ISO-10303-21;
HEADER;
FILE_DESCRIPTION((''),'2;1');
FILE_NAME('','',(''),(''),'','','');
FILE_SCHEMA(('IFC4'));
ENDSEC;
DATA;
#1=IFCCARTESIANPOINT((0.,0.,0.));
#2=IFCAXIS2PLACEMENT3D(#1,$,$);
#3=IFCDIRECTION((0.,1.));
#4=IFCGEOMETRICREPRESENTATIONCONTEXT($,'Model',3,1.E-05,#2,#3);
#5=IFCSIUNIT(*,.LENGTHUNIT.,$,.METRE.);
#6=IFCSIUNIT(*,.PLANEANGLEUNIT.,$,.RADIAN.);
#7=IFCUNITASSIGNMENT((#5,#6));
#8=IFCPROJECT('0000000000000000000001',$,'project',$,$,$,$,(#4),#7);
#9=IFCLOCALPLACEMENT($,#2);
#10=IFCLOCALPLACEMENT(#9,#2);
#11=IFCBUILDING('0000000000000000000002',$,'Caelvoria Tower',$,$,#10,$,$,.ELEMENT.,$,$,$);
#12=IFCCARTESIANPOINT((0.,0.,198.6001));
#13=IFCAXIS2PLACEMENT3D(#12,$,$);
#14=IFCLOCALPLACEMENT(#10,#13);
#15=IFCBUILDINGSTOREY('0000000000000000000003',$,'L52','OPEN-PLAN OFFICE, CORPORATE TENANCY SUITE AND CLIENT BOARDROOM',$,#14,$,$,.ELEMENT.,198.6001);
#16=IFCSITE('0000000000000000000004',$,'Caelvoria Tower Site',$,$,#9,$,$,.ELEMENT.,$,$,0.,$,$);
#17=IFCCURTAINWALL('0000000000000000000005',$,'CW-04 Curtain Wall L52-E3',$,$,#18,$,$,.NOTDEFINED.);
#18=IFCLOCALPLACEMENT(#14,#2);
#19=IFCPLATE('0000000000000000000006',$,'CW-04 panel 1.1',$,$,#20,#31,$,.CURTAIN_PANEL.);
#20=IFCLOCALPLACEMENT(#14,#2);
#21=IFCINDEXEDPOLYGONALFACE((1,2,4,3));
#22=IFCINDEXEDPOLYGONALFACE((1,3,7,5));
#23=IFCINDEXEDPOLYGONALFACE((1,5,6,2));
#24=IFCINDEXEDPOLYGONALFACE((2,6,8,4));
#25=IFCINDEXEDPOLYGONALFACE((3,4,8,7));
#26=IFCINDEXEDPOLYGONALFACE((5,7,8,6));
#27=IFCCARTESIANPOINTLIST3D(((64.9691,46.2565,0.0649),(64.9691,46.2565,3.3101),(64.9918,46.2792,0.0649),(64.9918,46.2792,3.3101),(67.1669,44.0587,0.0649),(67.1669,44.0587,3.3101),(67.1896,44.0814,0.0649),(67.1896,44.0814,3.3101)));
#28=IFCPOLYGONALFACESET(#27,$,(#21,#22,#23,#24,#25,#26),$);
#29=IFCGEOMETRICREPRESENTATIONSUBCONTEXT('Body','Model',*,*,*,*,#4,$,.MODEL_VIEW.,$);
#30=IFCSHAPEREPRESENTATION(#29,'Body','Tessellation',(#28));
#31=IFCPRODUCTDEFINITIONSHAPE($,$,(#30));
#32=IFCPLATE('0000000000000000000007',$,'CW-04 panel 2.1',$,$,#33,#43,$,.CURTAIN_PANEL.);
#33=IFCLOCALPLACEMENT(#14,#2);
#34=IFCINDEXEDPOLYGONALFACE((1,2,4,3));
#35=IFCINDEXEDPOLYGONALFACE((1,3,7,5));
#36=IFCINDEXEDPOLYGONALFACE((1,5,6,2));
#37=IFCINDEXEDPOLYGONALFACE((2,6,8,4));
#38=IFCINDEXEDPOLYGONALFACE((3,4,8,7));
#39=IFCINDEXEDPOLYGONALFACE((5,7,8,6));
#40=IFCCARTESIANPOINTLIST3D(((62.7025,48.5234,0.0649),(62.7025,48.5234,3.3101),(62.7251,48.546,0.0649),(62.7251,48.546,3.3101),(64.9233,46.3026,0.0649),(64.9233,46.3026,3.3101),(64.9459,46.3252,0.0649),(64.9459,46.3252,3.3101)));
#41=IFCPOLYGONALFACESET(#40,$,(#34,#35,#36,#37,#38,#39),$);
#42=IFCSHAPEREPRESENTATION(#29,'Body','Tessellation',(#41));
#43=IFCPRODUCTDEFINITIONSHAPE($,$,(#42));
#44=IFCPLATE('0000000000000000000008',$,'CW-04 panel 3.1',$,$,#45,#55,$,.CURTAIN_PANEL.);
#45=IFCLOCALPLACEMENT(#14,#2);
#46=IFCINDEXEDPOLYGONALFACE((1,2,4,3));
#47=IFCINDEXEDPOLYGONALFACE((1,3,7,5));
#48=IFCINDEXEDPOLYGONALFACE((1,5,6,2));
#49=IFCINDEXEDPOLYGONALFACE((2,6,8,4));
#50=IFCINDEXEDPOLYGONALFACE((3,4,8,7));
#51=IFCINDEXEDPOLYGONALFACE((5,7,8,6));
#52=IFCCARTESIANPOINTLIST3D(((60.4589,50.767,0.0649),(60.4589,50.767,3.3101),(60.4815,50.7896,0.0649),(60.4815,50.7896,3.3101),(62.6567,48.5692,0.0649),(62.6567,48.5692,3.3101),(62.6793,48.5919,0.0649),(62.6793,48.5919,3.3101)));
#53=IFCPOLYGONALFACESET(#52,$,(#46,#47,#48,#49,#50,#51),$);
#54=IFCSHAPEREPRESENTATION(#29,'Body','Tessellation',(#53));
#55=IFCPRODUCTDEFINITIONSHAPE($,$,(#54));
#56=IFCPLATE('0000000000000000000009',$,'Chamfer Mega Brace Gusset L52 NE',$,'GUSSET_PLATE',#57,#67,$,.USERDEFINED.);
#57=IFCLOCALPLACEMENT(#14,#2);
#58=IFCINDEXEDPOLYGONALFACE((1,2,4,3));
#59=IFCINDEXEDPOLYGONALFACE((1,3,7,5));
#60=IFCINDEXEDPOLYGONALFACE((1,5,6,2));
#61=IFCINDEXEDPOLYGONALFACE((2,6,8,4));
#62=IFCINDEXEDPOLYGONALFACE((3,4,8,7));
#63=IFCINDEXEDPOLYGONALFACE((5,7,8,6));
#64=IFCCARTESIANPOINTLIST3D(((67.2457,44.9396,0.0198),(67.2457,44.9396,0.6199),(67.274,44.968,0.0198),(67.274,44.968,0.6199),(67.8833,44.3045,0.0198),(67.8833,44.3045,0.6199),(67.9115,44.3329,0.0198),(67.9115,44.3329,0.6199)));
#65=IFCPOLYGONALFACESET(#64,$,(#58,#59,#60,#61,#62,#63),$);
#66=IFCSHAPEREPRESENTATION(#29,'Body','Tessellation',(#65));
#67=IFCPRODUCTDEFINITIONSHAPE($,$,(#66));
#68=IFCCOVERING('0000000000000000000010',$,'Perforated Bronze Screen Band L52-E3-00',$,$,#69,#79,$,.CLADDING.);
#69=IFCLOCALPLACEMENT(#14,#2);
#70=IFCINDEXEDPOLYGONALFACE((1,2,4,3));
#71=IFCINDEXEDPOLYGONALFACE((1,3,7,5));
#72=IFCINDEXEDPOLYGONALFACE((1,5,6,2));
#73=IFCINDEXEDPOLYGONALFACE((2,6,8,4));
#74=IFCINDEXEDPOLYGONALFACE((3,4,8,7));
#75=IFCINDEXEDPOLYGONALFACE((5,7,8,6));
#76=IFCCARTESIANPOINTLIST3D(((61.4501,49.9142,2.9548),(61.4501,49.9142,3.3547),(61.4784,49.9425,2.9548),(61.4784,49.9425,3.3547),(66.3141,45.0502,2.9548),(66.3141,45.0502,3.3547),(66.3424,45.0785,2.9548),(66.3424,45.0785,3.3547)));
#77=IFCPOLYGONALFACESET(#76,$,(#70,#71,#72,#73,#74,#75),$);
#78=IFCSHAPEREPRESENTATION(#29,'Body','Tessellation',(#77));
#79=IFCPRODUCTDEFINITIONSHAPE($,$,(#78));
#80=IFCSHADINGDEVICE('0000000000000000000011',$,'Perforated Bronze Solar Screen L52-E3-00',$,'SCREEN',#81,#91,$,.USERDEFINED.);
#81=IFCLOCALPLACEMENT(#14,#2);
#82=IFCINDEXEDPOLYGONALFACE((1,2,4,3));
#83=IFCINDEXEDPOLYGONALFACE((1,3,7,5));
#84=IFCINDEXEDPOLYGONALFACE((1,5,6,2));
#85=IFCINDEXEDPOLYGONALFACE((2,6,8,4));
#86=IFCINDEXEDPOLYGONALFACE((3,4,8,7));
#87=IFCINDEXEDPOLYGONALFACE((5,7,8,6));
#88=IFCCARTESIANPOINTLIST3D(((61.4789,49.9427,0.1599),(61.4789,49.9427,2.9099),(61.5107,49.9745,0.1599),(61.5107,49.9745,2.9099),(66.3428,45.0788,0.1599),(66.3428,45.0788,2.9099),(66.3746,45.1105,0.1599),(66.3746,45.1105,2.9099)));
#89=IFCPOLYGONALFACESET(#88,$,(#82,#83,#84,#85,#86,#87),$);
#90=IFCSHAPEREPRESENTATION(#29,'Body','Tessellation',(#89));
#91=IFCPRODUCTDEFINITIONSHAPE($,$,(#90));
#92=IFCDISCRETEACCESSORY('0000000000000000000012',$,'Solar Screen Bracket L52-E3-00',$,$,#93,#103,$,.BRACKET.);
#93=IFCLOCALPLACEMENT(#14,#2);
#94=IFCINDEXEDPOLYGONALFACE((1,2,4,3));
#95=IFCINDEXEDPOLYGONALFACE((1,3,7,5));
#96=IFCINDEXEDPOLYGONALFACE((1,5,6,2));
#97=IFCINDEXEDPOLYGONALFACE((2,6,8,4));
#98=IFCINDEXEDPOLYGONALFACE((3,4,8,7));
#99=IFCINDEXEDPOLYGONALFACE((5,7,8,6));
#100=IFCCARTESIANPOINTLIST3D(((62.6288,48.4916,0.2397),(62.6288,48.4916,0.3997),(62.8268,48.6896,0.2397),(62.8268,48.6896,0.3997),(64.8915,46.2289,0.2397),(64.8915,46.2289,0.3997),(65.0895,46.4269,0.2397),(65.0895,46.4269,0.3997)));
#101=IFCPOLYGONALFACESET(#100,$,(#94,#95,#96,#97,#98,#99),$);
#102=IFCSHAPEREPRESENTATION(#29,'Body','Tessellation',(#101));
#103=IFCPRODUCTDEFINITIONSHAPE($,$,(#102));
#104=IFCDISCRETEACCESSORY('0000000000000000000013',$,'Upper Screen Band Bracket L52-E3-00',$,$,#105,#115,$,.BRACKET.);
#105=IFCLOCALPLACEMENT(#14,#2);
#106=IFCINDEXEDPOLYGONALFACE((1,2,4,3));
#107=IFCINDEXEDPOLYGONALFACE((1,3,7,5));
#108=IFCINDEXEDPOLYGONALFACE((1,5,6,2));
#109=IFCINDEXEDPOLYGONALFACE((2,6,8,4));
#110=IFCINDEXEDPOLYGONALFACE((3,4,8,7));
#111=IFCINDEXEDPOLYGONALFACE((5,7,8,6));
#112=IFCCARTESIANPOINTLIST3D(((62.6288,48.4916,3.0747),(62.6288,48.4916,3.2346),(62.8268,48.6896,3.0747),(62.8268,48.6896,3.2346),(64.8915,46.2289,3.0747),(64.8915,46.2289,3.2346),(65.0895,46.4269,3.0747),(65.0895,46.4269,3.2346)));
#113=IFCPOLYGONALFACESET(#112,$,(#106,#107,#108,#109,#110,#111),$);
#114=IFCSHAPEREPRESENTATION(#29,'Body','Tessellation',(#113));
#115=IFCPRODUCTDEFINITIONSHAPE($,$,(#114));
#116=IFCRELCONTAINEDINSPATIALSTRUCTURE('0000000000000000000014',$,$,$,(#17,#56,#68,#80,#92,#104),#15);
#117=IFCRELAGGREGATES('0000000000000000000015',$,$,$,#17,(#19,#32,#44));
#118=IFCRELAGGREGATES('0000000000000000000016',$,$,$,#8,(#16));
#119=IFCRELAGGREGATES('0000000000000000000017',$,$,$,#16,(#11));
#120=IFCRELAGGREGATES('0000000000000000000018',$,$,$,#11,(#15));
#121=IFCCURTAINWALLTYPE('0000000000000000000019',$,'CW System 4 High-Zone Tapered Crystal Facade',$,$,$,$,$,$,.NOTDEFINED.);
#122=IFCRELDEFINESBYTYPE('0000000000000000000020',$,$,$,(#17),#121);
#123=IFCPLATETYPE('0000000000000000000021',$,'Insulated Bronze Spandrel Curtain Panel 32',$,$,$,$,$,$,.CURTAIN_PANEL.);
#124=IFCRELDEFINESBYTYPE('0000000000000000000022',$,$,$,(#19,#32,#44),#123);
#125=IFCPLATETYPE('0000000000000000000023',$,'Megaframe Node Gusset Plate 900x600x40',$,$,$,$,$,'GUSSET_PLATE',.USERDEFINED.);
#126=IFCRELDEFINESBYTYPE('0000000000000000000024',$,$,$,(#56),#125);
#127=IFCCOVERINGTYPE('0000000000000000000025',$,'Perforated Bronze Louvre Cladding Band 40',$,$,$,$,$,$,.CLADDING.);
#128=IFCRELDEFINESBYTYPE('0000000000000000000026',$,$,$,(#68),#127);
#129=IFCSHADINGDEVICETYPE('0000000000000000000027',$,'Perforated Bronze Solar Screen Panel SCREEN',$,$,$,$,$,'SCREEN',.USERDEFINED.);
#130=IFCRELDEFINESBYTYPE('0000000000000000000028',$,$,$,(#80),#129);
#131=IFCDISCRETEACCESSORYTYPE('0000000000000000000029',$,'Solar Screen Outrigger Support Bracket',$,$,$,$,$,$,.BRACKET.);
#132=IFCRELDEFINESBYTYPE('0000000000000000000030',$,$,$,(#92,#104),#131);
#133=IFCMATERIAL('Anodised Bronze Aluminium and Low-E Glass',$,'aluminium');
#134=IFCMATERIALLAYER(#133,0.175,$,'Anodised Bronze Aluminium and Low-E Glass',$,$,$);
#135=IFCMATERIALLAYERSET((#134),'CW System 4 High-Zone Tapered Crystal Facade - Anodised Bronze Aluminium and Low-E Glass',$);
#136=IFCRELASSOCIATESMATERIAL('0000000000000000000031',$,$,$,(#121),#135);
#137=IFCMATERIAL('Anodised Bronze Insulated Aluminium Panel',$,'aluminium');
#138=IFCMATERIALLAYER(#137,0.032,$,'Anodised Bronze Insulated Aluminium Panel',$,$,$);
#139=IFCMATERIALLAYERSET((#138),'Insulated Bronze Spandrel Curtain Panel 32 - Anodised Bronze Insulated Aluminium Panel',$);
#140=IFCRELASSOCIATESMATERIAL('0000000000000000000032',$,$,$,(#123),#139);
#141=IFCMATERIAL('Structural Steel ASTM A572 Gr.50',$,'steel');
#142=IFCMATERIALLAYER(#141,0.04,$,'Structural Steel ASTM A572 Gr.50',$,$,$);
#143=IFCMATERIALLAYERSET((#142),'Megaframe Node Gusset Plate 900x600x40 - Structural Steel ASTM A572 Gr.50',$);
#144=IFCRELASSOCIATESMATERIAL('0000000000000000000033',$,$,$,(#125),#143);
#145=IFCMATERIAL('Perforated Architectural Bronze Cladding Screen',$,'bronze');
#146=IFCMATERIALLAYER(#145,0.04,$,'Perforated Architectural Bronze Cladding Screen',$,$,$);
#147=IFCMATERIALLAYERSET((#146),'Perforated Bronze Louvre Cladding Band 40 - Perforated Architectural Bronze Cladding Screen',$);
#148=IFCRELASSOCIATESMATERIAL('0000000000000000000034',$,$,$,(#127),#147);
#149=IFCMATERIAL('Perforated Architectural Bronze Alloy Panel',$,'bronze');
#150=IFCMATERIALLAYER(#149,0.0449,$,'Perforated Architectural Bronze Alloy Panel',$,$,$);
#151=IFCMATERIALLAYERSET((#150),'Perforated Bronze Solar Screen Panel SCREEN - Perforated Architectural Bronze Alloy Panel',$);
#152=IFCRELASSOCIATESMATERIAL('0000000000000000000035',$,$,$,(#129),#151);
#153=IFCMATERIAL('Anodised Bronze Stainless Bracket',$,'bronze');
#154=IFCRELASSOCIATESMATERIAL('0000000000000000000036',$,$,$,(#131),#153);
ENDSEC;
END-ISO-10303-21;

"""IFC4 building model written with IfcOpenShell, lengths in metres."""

from ifc_helpers import new_model, si_unit, direction, frame, origin, origin_2d, place, context, subcontext, project, spatial, rectangle, extrude, material, layer, layer_set, type_object, element, aggregate, save


model = new_model("IFC4")

# Units and contexts
model_context = context("Model", 3, precision=1e-05, world=origin(), true_north=direction((0.0, 1.0)))
body_context = subcontext(model_context, "Body", "Model", "MODEL_VIEW")
ifc_project = project(units=[si_unit("LENGTHUNIT", "METRE"), si_unit("PLANEANGLEUNIT", "RADIAN")], contexts=[model_context])

# Site, building, storey
site_placement = place(None, origin())
site = spatial("IfcSite", under=ifc_project, at=site_placement, Name="Caelvoria Tower Site", CompositionType="ELEMENT", RefElevation=0.0)
building_placement = place(site_placement, origin())
building = spatial("IfcBuilding", under=site, at=building_placement, Name="Caelvoria Tower", CompositionType="ELEMENT")
storey_placement = place(building_placement, frame((0.0, 0.0, 198.6001)))
storey = spatial("IfcBuildingStorey", under=building, at=storey_placement, Name="L52", Description="OPEN-PLAN OFFICE, CORPORATE TENANCY SUITE AND CLIENT BOARDROOM", CompositionType="ELEMENT", Elevation=198.6001)

# Shared definitions
ifc_material_1 = material(Name="Structural Steel ASTM A572 Gr.50", Category="steel")

# Shared definitions
ifc_material_2 = material(Name="Anodised Bronze Aluminium and Low-E Glass", Category="aluminium")
ifc_layer_1 = layer(ifc_material_2, 0.175, Name="Anodised Bronze Aluminium and Low-E Glass")
ifc_layer_set_1 = layer_set([ifc_layer_1], Name="CW System 4 High-Zone Tapered Crystal Facade - Anodised Bronze Aluminium and Low-E Glass")
curtain_wall_type = type_object("IfcCurtainWallType", Name="CW System 4 High-Zone Tapered Crystal Facade", PredefinedType="NOTDEFINED", material=ifc_layer_set_1)

# Curtain wall
curtain_wall_1_placement = place(storey_placement, origin())
curtain_wall_1 = element("IfcCurtainWall", 1, at=curtain_wall_1_placement, inside=storey, type_object=curtain_wall_type, Name="CW-04 Curtain Wall L52-E3", PredefinedType="NOTDEFINED")

# Plates
ifc_material_3 = material(Name="Anodised Bronze Insulated Aluminium Panel", Category="aluminium")
ifc_layer_2 = layer(ifc_material_3, 0.032, Name="Anodised Bronze Insulated Aluminium Panel")
ifc_layer_set_2 = layer_set([ifc_layer_2], Name="Insulated Bronze Spandrel Curtain Panel 32 - Anodised Bronze Insulated Aluminium Panel")
plate_type_1 = type_object("IfcPlateType", Name="Insulated Bronze Spandrel Curtain Panel 32", PredefinedType="CURTAIN_PANEL", material=ifc_layer_set_2)
plate_1_placement = place(storey_placement, frame((66.0793, 45.1689, 0.0649), z_axis=(0.0, 0.0, 1.0), x_axis=(-0.707107, 0.707107, 0.0)))
plate_1 = element("IfcPlate", 2, at=plate_1_placement, type_object=plate_type_1, Name="CW-04 panel 1.1", PredefinedType="CURTAIN_PANEL", context=body_context, shape_type="SweptSolid", body=[
    extrude(rectangle(XDim=3.1082, YDim=0.032, at=origin_2d()), origin(), (0.0, 0.0, 1.0), 3.2451),
])
plate_2_placement = place(storey_placement, frame((63.8242, 47.4243, 0.0649), z_axis=(0.0, 0.0, 1.0), x_axis=(-0.707107, 0.707107, 0.0)))
plate_2 = element("IfcPlate", 3, at=plate_2_placement, type_object=plate_type_1, Name="CW-04 panel 2.1", PredefinedType="CURTAIN_PANEL", context=body_context, shape_type="SweptSolid", body=[
    extrude(rectangle(XDim=3.1406, YDim=0.032, at=origin_2d()), origin(), (0.0, 0.0, 1.0), 3.2451),
])
plate_3_placement = place(storey_placement, frame((61.5691, 49.6794, 0.0649), z_axis=(0.0, 0.0, 1.0), x_axis=(-0.707107, 0.707107, 0.0)))
plate_3 = element("IfcPlate", 4, at=plate_3_placement, type_object=plate_type_1, Name="CW-04 panel 3.1", PredefinedType="CURTAIN_PANEL", context=body_context, shape_type="SweptSolid", body=[
    extrude(rectangle(XDim=3.1082, YDim=0.032, at=origin_2d()), origin(), (0.0, 0.0, 1.0), 3.2451),
])
aggregate(curtain_wall_1, [plate_1, plate_2, plate_3])
ifc_layer_3 = layer(ifc_material_1, 0.04, Name="Structural Steel ASTM A572 Gr.50")
ifc_layer_set_3 = layer_set([ifc_layer_3], Name="Megaframe Node Gusset Plate 900x600x40 - Structural Steel ASTM A572 Gr.50")
plate_type_2 = type_object("IfcPlateType", Name="Megaframe Node Gusset Plate 900x600x40", ElementType="GUSSET_PLATE", PredefinedType="USERDEFINED", material=ifc_layer_set_3)
plate_4_placement = place(storey_placement, frame((67.5786, 44.6362, 0.0198), z_axis=(0.0, 0.0, 1.0), x_axis=(-0.708453, 0.705758, 0.0)))
element("IfcPlate", 5, at=plate_4_placement, inside=storey, type_object=plate_type_2, Name="Chamfer Mega Brace Gusset L52 NE", ObjectType="GUSSET_PLATE", PredefinedType="USERDEFINED", context=body_context, shape_type="SweptSolid", body=[
    extrude(rectangle(XDim=0.8999, YDim=0.04, at=origin_2d()), origin(), (0.0, 0.0, 1.0), 0.6001),
])

# Covering
ifc_material_4 = material(Name="Perforated Architectural Bronze Cladding Screen", Category="bronze")
ifc_layer_4 = layer(ifc_material_4, 0.04, Name="Perforated Architectural Bronze Cladding Screen")
ifc_layer_set_4 = layer_set([ifc_layer_4], Name="Perforated Bronze Louvre Cladding Band 40 - Perforated Architectural Bronze Cladding Screen")
covering_type = type_object("IfcCoveringType", Name="Perforated Bronze Louvre Cladding Band 40", PredefinedType="CLADDING", material=ifc_layer_set_4)
covering_placement = place(storey_placement, frame((63.8962, 47.4963, 2.9548), z_axis=(0.0, 0.0, 1.0), x_axis=(-0.707107, 0.707107, 0.0)))
element("IfcCovering", 6, at=covering_placement, inside=storey, type_object=covering_type, Name="Perforated Bronze Screen Band L52-E3-00", PredefinedType="CLADDING", context=body_context, shape_type="SweptSolid", body=[
    extrude(rectangle(XDim=6.8787, YDim=0.04, at=origin_2d()), origin(), (0.0, 0.0, 1.0), 0.3999),
])

# Shading device
ifc_material_5 = material(Name="Perforated Architectural Bronze Alloy Panel", Category="bronze")
ifc_layer_5 = layer(ifc_material_5, 0.0449, Name="Perforated Architectural Bronze Alloy Panel")
ifc_layer_set_5 = layer_set([ifc_layer_5], Name="Perforated Bronze Solar Screen Panel SCREEN - Perforated Architectural Bronze Alloy Panel")
shading_device_type = type_object("IfcShadingDeviceType", Name="Perforated Bronze Solar Screen Panel SCREEN", ElementType="SCREEN", PredefinedType="USERDEFINED", material=ifc_layer_set_5)
shading_device_placement = place(storey_placement, frame((63.9268, 47.5266, 0.1599), z_axis=(0.0, 0.0, 1.0), x_axis=(-0.707107, 0.707107, 0.0)))
element("IfcShadingDevice", 7, at=shading_device_placement, inside=storey, type_object=shading_device_type, Name="Perforated Bronze Solar Screen L52-E3-00", ObjectType="SCREEN", PredefinedType="USERDEFINED", context=body_context, shape_type="SweptSolid", body=[
    extrude(rectangle(XDim=6.8787, YDim=0.0449, at=origin_2d()), origin(), (0.0, 0.0, 1.0), 2.75),
])

# Discrete accessories
ifc_material_6 = material(Name="Anodised Bronze Stainless Bracket", Category="bronze")
discrete_accessory_type = type_object("IfcDiscreteAccessoryType", Name="Solar Screen Outrigger Support Bracket", PredefinedType="BRACKET", material=ifc_material_6)
for number, where, z_axis, x_axis, name in (
    (8, (63.8591, 47.4592, 0.2397), (0.0, 0.0, 1.0), (-0.707107, 0.707107, 0.0), "Solar Screen Bracket L52-E3-00"),
    (9, (63.8591, 47.4592, 3.0747), (0.0, 0.0, 1.0), (-0.707107, 0.707107, 0.0), "Upper Screen Band Bracket L52-E3-00"),
):
    element("IfcDiscreteAccessory", number, at=place(storey_placement, frame(where, z_axis=z_axis, x_axis=x_axis)), inside=storey, type_object=discrete_accessory_type, Name=name, PredefinedType="BRACKET", context=body_context, shape_type="SweptSolid", body=[
        extrude(rectangle(XDim=3.2, YDim=0.28, at=origin_2d()), origin(), (0.0, 0.0, 1.0), 0.1599),
    ])

save(model, "model.ifc")
